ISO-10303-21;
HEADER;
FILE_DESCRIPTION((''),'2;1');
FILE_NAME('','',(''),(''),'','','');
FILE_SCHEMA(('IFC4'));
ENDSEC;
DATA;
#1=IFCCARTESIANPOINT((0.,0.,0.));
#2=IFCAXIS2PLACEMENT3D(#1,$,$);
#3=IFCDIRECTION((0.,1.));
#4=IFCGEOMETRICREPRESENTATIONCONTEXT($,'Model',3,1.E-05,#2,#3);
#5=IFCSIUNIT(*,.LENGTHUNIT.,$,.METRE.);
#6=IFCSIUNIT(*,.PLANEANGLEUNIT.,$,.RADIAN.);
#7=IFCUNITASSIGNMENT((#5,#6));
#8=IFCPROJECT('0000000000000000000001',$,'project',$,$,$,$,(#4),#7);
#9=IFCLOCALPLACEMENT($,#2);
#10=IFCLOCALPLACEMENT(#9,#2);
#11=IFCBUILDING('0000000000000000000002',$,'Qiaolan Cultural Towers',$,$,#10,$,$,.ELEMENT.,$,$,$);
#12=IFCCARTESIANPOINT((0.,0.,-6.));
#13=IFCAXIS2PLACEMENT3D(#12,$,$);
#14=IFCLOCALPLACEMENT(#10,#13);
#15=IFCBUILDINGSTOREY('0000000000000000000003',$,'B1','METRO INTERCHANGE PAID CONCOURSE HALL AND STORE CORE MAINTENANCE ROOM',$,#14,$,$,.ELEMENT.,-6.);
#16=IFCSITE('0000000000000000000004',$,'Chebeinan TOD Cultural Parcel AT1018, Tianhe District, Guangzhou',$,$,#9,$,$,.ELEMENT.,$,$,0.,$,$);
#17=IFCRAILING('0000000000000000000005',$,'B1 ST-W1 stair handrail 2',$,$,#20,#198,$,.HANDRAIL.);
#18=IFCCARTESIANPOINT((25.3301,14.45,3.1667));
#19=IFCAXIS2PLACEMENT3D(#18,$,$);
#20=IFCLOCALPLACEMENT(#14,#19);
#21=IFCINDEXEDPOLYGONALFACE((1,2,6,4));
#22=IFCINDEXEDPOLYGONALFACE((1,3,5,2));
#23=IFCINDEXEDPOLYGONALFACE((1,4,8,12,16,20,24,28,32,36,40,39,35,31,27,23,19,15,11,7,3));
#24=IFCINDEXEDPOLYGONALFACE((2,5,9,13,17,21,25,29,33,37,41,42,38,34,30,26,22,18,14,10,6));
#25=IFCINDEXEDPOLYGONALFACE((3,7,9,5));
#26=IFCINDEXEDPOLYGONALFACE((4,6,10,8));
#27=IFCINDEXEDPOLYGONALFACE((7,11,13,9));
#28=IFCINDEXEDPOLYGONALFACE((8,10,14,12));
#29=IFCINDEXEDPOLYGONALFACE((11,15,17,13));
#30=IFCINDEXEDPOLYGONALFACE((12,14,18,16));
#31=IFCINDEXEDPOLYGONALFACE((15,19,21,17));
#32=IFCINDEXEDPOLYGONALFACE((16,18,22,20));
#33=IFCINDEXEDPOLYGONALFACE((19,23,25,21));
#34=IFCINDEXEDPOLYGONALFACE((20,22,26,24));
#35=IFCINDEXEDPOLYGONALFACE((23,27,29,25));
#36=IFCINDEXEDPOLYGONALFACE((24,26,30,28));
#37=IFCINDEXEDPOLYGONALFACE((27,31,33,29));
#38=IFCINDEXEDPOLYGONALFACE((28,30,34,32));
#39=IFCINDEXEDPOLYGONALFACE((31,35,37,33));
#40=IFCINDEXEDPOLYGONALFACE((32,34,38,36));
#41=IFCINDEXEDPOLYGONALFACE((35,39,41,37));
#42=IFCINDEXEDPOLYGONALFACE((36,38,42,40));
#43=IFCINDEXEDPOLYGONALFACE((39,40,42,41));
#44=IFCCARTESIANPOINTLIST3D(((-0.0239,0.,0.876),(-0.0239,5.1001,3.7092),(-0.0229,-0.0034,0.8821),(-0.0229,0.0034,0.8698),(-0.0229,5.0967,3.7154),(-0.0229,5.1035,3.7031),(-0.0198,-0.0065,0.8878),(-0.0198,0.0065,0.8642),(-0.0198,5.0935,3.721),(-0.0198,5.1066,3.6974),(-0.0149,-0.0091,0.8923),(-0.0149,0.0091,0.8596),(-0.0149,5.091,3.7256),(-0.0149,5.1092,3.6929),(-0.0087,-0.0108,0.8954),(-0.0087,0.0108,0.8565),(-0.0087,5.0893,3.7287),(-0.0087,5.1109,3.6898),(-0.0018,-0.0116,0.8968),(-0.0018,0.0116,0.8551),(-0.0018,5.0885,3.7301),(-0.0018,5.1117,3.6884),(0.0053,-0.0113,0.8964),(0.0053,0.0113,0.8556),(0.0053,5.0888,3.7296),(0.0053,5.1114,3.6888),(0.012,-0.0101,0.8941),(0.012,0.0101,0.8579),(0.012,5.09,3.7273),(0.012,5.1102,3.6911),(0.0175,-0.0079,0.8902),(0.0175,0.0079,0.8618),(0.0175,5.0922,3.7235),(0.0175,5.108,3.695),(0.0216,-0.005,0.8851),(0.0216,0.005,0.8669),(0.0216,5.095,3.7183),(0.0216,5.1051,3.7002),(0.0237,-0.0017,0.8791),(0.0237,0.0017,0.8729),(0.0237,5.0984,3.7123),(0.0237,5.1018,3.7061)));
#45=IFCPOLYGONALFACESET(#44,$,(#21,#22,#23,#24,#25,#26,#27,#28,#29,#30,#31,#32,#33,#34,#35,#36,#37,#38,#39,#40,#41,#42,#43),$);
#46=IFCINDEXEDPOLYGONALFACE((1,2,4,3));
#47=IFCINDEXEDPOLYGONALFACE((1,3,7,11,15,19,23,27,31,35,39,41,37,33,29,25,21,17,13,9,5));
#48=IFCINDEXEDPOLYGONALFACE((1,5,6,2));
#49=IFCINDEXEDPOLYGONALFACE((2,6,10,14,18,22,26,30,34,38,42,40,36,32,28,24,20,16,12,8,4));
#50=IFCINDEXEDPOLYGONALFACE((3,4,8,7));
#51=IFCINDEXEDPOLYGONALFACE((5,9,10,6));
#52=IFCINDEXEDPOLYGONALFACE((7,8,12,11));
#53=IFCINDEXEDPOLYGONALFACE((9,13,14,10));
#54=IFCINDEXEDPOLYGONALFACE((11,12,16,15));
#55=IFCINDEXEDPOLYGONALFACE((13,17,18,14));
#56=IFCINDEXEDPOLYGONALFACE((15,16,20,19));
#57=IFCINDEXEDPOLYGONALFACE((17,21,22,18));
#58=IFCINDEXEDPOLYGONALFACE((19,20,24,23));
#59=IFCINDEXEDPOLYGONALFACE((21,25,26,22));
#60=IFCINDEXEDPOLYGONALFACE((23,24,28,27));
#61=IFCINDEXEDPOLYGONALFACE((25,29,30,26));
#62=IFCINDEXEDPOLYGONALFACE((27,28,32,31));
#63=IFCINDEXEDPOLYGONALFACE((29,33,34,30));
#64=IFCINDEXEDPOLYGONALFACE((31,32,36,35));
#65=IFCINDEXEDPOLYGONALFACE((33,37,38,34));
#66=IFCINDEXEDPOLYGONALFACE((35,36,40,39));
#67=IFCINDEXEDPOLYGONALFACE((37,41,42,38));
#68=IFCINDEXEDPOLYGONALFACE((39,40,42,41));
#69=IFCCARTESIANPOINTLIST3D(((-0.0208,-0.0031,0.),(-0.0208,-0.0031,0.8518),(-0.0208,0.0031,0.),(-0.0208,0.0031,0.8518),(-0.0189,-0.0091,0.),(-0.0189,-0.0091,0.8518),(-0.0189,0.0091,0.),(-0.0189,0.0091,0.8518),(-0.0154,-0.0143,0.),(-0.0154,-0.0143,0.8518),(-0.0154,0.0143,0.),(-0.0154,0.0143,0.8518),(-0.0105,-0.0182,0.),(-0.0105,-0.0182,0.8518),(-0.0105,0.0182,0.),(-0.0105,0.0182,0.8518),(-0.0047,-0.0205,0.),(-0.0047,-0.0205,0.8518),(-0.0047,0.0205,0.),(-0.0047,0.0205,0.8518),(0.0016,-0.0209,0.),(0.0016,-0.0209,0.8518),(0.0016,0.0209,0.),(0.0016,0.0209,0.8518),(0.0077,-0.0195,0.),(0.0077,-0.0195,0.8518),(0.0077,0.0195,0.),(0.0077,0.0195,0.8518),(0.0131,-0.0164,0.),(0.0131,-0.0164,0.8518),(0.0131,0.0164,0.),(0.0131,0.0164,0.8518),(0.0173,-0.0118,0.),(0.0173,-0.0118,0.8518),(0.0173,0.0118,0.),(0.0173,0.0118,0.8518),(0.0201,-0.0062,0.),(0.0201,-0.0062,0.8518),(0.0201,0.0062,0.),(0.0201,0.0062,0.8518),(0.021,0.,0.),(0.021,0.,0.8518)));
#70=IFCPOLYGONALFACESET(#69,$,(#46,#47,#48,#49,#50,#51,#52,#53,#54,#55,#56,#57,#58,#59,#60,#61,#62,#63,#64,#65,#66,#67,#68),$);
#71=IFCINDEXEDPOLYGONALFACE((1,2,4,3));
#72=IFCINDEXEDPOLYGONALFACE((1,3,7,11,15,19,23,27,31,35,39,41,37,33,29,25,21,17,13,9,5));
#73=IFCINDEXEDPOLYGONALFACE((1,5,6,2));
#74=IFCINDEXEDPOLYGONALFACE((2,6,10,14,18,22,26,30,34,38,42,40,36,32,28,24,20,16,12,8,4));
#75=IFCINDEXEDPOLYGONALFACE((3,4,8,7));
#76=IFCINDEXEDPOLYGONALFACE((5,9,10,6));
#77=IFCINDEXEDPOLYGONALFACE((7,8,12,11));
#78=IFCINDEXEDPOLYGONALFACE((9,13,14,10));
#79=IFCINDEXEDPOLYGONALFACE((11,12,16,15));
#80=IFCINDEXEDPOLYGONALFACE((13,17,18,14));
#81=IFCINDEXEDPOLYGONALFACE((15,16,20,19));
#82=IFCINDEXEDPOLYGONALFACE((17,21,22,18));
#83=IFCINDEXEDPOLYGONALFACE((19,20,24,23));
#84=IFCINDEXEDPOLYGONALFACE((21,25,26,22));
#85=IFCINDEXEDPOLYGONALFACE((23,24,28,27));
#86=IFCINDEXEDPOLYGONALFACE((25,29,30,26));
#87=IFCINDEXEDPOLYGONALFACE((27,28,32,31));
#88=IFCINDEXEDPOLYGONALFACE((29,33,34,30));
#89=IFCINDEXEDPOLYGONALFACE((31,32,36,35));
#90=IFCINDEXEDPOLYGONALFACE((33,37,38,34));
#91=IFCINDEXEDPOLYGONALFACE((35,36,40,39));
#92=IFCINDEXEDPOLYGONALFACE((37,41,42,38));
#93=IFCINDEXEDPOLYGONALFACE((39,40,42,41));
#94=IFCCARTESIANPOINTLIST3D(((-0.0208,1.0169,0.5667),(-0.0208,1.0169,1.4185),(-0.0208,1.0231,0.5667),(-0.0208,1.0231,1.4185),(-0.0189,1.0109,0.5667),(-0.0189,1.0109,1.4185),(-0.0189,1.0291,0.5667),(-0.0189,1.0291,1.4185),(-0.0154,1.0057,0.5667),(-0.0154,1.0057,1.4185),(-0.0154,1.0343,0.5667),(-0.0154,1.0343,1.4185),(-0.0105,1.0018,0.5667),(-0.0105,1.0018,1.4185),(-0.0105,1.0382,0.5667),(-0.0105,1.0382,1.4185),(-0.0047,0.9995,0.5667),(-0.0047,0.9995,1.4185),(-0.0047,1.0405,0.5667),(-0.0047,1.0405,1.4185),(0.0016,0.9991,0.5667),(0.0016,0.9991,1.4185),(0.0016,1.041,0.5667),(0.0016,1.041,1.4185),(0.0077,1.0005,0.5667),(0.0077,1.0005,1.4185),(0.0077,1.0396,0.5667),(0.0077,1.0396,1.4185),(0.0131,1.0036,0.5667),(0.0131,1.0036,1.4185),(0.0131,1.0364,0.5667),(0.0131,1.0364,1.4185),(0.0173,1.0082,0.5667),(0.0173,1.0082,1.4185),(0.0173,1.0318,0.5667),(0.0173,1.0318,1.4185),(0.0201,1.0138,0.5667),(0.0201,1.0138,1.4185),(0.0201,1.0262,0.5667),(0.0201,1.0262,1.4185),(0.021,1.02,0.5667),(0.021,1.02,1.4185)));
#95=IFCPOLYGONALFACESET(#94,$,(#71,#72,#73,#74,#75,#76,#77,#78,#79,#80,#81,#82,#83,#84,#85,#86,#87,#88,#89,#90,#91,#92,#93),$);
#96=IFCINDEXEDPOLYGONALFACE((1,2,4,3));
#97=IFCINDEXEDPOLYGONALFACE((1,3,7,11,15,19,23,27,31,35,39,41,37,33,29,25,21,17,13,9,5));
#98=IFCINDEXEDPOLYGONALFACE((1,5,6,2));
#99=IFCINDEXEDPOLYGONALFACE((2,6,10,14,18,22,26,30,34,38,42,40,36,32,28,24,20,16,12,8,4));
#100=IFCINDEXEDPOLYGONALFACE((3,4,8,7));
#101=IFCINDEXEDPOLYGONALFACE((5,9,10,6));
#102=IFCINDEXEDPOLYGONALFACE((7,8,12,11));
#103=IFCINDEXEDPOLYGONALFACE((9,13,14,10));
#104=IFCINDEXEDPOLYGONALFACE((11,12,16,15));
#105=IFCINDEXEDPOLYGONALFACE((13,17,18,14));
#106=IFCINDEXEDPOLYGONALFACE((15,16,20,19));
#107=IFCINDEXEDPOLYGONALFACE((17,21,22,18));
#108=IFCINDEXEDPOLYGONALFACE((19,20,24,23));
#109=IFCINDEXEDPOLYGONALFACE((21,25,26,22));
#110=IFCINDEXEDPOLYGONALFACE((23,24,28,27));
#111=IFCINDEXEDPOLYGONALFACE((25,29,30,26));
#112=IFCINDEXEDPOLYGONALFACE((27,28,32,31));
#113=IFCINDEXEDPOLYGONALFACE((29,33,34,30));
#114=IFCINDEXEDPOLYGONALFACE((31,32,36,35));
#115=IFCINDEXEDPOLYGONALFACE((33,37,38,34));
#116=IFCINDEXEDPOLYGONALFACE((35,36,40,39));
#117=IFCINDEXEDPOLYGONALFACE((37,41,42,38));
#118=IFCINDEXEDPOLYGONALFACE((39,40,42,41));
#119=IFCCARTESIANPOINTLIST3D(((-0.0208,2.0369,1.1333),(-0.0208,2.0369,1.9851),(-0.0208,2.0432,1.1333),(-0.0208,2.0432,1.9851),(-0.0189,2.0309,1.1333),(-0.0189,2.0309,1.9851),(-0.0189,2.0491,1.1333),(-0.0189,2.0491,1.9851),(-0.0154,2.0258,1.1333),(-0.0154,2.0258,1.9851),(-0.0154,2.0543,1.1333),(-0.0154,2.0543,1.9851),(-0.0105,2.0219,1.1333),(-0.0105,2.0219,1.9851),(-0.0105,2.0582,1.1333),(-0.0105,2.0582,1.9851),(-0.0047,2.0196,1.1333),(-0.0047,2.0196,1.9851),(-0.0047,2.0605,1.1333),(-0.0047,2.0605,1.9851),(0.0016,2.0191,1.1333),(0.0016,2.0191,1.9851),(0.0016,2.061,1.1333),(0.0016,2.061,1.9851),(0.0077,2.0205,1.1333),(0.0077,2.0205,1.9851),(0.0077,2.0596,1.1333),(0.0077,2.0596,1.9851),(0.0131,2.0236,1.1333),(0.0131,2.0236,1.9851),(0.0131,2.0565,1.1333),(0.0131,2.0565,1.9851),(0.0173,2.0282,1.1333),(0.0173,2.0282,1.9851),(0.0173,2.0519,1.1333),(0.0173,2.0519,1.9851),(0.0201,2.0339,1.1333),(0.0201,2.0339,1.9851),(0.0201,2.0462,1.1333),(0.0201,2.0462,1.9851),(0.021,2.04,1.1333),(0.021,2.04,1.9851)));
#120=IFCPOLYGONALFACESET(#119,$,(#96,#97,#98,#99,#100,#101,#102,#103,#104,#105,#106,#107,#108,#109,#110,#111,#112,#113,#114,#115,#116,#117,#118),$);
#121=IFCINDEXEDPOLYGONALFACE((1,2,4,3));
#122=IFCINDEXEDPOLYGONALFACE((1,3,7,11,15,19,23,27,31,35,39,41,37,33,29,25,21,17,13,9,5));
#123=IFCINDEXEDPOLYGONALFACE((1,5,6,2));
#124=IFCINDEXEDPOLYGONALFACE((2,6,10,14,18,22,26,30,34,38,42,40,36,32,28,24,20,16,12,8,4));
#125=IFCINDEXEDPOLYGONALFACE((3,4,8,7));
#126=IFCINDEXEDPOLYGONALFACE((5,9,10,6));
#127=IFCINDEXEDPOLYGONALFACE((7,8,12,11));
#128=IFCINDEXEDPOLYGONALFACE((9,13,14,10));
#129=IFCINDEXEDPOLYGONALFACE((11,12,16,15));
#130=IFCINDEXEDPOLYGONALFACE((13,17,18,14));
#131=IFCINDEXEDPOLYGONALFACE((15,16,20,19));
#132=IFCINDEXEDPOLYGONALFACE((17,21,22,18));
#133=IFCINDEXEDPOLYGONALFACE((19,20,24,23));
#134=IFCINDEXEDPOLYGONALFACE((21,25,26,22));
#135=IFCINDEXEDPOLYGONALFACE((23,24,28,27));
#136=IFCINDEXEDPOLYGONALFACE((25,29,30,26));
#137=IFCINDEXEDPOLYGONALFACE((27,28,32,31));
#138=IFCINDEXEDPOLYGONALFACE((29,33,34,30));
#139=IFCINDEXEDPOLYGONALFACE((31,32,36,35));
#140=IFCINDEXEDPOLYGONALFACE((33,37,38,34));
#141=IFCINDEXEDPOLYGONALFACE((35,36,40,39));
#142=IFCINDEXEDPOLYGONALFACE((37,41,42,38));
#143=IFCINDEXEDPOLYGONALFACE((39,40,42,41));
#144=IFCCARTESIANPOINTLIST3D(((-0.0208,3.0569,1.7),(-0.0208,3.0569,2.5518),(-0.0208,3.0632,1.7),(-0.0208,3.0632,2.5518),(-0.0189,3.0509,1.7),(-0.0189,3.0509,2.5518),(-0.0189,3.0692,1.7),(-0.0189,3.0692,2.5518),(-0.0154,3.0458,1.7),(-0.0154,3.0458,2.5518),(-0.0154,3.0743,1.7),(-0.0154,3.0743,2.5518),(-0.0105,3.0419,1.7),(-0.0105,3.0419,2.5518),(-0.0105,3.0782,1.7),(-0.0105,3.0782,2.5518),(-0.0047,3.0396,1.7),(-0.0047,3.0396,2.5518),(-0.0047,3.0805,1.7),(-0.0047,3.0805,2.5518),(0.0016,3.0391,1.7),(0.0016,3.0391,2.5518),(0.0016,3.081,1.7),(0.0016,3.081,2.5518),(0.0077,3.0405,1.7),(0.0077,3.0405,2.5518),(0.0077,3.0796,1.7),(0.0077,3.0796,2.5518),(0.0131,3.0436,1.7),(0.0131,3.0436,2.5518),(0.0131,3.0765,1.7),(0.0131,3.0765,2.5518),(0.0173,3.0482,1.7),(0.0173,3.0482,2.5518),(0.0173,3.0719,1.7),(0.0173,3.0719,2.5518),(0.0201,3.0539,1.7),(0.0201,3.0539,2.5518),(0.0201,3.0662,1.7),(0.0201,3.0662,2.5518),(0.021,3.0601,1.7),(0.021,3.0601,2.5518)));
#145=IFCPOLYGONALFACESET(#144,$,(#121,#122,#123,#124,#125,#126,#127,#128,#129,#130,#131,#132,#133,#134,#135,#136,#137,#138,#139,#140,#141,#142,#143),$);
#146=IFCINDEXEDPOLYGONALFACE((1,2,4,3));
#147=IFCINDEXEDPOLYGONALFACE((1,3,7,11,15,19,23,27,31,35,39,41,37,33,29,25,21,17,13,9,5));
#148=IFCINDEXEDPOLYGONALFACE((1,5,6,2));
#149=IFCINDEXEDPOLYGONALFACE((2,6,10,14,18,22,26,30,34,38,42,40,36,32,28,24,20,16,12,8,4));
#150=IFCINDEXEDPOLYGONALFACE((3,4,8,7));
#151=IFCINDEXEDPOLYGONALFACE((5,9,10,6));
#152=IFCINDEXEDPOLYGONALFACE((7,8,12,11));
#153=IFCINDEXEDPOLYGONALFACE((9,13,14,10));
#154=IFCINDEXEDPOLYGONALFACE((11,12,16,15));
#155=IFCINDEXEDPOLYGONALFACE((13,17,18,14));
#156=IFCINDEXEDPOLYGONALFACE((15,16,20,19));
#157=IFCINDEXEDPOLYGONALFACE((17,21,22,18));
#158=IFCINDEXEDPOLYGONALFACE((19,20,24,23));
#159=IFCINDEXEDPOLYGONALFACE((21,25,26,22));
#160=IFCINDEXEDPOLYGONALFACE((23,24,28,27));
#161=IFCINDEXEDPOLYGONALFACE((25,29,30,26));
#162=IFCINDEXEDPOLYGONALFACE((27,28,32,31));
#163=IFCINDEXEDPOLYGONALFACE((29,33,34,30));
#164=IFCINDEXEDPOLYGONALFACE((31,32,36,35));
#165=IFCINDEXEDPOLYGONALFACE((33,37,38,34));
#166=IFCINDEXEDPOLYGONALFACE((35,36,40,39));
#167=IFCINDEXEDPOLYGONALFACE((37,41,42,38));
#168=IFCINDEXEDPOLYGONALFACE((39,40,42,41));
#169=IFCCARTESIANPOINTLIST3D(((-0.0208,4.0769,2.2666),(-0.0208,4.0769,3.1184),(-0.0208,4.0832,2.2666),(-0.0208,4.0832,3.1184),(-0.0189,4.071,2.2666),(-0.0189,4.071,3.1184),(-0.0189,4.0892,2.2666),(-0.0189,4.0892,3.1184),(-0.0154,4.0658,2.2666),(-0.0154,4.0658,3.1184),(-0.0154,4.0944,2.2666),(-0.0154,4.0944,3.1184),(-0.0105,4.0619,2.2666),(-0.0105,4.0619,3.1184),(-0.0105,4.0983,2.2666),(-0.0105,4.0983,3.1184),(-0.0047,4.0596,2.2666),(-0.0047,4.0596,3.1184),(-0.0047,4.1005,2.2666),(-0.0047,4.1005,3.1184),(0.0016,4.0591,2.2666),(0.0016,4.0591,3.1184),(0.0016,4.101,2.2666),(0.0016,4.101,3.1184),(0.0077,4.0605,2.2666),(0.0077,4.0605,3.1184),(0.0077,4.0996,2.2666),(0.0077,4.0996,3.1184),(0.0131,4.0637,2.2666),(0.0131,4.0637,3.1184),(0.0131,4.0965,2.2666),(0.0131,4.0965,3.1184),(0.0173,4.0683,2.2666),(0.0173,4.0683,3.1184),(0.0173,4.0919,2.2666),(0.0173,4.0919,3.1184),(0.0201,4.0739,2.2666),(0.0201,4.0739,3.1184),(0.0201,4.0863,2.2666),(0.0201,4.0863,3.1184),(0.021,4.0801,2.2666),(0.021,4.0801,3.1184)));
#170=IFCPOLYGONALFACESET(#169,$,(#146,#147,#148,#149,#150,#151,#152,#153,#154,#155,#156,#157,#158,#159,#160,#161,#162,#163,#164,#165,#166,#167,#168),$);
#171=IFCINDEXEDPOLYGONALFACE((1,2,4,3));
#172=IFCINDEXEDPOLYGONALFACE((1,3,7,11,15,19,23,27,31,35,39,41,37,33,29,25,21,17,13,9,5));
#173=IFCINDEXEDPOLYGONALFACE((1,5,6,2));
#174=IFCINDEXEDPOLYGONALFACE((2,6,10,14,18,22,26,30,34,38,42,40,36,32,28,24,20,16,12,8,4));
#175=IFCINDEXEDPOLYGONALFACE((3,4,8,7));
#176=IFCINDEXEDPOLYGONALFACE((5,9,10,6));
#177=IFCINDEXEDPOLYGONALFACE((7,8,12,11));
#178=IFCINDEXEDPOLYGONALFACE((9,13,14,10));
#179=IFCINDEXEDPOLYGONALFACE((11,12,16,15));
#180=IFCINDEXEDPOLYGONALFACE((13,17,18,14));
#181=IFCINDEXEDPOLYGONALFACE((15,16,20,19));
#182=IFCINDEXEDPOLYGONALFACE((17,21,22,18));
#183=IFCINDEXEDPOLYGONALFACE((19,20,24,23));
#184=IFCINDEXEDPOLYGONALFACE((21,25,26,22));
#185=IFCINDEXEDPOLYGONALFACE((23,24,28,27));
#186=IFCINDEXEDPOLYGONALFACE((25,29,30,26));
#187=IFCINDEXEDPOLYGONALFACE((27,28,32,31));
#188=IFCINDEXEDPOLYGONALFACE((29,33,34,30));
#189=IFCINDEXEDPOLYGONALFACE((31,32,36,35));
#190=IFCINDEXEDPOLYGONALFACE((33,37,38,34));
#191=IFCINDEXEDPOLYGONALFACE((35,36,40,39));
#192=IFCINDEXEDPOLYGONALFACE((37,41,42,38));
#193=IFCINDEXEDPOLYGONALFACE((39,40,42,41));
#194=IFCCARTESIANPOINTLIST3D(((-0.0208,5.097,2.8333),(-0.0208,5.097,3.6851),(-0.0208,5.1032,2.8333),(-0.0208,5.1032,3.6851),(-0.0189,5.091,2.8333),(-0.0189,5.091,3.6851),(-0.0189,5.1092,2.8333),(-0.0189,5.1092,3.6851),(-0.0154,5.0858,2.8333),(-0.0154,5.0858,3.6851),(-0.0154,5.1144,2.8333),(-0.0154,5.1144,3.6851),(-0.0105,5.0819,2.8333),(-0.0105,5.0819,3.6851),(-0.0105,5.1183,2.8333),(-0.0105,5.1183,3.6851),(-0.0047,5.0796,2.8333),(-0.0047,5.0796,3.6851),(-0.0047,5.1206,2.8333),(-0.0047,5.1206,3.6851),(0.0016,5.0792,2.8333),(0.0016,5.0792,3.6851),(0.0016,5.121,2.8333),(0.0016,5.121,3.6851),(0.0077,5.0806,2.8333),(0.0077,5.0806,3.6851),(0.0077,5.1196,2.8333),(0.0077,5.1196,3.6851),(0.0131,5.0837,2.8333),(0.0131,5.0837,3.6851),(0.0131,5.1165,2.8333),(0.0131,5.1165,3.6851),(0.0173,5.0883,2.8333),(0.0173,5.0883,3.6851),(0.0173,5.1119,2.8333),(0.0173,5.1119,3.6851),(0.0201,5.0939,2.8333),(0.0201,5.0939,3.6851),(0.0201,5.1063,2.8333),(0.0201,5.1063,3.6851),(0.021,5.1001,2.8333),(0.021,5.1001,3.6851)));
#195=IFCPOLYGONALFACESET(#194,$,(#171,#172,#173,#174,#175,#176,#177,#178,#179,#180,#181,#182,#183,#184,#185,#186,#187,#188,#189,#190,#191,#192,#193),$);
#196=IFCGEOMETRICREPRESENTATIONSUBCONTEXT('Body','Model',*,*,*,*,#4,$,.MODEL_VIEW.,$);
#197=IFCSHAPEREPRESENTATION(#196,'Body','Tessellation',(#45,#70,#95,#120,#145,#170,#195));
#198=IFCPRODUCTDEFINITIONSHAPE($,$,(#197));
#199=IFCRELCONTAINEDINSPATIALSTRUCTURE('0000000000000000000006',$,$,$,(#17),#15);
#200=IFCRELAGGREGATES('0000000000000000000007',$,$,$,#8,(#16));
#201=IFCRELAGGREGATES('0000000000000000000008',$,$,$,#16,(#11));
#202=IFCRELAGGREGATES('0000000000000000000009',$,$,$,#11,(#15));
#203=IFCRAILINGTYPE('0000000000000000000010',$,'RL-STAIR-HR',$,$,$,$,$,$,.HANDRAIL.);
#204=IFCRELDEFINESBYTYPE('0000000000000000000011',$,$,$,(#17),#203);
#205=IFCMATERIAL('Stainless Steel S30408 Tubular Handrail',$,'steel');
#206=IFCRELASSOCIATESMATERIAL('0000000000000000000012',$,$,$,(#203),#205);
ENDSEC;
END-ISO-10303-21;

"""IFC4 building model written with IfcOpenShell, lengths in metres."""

from ifc_helpers import new_model, si_unit, direction, frame, origin, origin_2d, place, context, subcontext, project, spatial, circle, extrude, material, type_object, element, save


model = new_model("IFC4")

# Units and contexts
model_context = context("Model", 3, precision=1e-05, world=origin(), true_north=direction((0.0, 1.0)))
body_context = subcontext(model_context, "Body", "Model", "MODEL_VIEW")
ifc_project = project(units=[si_unit("LENGTHUNIT", "METRE"), si_unit("PLANEANGLEUNIT", "RADIAN")], contexts=[model_context])

# Site, building, storey
site_placement = place(None, origin())
site = spatial("IfcSite", under=ifc_project, at=site_placement, Name="Chebeinan TOD Cultural Parcel AT1018, Tianhe District, Guangzhou", CompositionType="ELEMENT", RefElevation=0.0)
building_placement = place(site_placement, origin())
building = spatial("IfcBuilding", under=site, at=building_placement, Name="Qiaolan Cultural Towers", CompositionType="ELEMENT")
storey_placement = place(building_placement, frame((0.0, 0.0, -6.0)))
storey = spatial("IfcBuildingStorey", under=building, at=storey_placement, Name="B1", Description="METRO INTERCHANGE PAID CONCOURSE HALL AND STORE CORE MAINTENANCE ROOM", CompositionType="ELEMENT", Elevation=-6.0)

# Railing
ifc_material_1 = material(Name="Stainless Steel S30408 Tubular Handrail", Category="steel")
railing_type_1 = type_object("IfcRailingType", Name="RL-STAIR-HR", PredefinedType="HANDRAIL", material=ifc_material_1)
railing_1_placement = place(storey_placement, frame((25.3301, 14.45, 3.1667)))
element("IfcRailing", 1, at=railing_1_placement, inside=storey, type_object=railing_type_1, Name="B1 ST-W1 stair handrail 2", PredefinedType="HANDRAIL", context=body_context, shape_type="SweptSolid", body=[
    extrude(circle(Radius=0.0239, at=origin_2d()), frame((0.0, 0.0, 0.876), z_axis=(0.0, 0.874167, 0.485625), x_axis=(-1.0, 0.0, 0.0)), (0.0, 0.0, 1.0), 5.8342),
    extrude(circle(Radius=0.021, at=origin_2d()), origin(), (0.0, 0.0, 1.0), 0.8518),
    extrude(circle(Radius=0.021, at=origin_2d()), frame((0.0, 1.02, 0.5667)), (0.0, 0.0, 1.0), 0.8518),
    extrude(circle(Radius=0.021, at=origin_2d()), frame((0.0, 2.04, 1.1333)), (0.0, 0.0, 1.0), 0.8518),
    extrude(circle(Radius=0.021, at=origin_2d()), frame((0.0, 3.0601, 1.7)), (0.0, 0.0, 1.0), 0.8518),
    extrude(circle(Radius=0.021, at=origin_2d()), frame((0.0, 4.0801, 2.2666)), (0.0, 0.0, 1.0), 0.8518),
    extrude(circle(Radius=0.021, at=origin_2d()), frame((0.0, 5.1001, 2.8333)), (0.0, 0.0, 1.0), 0.8518),
])

save(model, "model.ifc")
